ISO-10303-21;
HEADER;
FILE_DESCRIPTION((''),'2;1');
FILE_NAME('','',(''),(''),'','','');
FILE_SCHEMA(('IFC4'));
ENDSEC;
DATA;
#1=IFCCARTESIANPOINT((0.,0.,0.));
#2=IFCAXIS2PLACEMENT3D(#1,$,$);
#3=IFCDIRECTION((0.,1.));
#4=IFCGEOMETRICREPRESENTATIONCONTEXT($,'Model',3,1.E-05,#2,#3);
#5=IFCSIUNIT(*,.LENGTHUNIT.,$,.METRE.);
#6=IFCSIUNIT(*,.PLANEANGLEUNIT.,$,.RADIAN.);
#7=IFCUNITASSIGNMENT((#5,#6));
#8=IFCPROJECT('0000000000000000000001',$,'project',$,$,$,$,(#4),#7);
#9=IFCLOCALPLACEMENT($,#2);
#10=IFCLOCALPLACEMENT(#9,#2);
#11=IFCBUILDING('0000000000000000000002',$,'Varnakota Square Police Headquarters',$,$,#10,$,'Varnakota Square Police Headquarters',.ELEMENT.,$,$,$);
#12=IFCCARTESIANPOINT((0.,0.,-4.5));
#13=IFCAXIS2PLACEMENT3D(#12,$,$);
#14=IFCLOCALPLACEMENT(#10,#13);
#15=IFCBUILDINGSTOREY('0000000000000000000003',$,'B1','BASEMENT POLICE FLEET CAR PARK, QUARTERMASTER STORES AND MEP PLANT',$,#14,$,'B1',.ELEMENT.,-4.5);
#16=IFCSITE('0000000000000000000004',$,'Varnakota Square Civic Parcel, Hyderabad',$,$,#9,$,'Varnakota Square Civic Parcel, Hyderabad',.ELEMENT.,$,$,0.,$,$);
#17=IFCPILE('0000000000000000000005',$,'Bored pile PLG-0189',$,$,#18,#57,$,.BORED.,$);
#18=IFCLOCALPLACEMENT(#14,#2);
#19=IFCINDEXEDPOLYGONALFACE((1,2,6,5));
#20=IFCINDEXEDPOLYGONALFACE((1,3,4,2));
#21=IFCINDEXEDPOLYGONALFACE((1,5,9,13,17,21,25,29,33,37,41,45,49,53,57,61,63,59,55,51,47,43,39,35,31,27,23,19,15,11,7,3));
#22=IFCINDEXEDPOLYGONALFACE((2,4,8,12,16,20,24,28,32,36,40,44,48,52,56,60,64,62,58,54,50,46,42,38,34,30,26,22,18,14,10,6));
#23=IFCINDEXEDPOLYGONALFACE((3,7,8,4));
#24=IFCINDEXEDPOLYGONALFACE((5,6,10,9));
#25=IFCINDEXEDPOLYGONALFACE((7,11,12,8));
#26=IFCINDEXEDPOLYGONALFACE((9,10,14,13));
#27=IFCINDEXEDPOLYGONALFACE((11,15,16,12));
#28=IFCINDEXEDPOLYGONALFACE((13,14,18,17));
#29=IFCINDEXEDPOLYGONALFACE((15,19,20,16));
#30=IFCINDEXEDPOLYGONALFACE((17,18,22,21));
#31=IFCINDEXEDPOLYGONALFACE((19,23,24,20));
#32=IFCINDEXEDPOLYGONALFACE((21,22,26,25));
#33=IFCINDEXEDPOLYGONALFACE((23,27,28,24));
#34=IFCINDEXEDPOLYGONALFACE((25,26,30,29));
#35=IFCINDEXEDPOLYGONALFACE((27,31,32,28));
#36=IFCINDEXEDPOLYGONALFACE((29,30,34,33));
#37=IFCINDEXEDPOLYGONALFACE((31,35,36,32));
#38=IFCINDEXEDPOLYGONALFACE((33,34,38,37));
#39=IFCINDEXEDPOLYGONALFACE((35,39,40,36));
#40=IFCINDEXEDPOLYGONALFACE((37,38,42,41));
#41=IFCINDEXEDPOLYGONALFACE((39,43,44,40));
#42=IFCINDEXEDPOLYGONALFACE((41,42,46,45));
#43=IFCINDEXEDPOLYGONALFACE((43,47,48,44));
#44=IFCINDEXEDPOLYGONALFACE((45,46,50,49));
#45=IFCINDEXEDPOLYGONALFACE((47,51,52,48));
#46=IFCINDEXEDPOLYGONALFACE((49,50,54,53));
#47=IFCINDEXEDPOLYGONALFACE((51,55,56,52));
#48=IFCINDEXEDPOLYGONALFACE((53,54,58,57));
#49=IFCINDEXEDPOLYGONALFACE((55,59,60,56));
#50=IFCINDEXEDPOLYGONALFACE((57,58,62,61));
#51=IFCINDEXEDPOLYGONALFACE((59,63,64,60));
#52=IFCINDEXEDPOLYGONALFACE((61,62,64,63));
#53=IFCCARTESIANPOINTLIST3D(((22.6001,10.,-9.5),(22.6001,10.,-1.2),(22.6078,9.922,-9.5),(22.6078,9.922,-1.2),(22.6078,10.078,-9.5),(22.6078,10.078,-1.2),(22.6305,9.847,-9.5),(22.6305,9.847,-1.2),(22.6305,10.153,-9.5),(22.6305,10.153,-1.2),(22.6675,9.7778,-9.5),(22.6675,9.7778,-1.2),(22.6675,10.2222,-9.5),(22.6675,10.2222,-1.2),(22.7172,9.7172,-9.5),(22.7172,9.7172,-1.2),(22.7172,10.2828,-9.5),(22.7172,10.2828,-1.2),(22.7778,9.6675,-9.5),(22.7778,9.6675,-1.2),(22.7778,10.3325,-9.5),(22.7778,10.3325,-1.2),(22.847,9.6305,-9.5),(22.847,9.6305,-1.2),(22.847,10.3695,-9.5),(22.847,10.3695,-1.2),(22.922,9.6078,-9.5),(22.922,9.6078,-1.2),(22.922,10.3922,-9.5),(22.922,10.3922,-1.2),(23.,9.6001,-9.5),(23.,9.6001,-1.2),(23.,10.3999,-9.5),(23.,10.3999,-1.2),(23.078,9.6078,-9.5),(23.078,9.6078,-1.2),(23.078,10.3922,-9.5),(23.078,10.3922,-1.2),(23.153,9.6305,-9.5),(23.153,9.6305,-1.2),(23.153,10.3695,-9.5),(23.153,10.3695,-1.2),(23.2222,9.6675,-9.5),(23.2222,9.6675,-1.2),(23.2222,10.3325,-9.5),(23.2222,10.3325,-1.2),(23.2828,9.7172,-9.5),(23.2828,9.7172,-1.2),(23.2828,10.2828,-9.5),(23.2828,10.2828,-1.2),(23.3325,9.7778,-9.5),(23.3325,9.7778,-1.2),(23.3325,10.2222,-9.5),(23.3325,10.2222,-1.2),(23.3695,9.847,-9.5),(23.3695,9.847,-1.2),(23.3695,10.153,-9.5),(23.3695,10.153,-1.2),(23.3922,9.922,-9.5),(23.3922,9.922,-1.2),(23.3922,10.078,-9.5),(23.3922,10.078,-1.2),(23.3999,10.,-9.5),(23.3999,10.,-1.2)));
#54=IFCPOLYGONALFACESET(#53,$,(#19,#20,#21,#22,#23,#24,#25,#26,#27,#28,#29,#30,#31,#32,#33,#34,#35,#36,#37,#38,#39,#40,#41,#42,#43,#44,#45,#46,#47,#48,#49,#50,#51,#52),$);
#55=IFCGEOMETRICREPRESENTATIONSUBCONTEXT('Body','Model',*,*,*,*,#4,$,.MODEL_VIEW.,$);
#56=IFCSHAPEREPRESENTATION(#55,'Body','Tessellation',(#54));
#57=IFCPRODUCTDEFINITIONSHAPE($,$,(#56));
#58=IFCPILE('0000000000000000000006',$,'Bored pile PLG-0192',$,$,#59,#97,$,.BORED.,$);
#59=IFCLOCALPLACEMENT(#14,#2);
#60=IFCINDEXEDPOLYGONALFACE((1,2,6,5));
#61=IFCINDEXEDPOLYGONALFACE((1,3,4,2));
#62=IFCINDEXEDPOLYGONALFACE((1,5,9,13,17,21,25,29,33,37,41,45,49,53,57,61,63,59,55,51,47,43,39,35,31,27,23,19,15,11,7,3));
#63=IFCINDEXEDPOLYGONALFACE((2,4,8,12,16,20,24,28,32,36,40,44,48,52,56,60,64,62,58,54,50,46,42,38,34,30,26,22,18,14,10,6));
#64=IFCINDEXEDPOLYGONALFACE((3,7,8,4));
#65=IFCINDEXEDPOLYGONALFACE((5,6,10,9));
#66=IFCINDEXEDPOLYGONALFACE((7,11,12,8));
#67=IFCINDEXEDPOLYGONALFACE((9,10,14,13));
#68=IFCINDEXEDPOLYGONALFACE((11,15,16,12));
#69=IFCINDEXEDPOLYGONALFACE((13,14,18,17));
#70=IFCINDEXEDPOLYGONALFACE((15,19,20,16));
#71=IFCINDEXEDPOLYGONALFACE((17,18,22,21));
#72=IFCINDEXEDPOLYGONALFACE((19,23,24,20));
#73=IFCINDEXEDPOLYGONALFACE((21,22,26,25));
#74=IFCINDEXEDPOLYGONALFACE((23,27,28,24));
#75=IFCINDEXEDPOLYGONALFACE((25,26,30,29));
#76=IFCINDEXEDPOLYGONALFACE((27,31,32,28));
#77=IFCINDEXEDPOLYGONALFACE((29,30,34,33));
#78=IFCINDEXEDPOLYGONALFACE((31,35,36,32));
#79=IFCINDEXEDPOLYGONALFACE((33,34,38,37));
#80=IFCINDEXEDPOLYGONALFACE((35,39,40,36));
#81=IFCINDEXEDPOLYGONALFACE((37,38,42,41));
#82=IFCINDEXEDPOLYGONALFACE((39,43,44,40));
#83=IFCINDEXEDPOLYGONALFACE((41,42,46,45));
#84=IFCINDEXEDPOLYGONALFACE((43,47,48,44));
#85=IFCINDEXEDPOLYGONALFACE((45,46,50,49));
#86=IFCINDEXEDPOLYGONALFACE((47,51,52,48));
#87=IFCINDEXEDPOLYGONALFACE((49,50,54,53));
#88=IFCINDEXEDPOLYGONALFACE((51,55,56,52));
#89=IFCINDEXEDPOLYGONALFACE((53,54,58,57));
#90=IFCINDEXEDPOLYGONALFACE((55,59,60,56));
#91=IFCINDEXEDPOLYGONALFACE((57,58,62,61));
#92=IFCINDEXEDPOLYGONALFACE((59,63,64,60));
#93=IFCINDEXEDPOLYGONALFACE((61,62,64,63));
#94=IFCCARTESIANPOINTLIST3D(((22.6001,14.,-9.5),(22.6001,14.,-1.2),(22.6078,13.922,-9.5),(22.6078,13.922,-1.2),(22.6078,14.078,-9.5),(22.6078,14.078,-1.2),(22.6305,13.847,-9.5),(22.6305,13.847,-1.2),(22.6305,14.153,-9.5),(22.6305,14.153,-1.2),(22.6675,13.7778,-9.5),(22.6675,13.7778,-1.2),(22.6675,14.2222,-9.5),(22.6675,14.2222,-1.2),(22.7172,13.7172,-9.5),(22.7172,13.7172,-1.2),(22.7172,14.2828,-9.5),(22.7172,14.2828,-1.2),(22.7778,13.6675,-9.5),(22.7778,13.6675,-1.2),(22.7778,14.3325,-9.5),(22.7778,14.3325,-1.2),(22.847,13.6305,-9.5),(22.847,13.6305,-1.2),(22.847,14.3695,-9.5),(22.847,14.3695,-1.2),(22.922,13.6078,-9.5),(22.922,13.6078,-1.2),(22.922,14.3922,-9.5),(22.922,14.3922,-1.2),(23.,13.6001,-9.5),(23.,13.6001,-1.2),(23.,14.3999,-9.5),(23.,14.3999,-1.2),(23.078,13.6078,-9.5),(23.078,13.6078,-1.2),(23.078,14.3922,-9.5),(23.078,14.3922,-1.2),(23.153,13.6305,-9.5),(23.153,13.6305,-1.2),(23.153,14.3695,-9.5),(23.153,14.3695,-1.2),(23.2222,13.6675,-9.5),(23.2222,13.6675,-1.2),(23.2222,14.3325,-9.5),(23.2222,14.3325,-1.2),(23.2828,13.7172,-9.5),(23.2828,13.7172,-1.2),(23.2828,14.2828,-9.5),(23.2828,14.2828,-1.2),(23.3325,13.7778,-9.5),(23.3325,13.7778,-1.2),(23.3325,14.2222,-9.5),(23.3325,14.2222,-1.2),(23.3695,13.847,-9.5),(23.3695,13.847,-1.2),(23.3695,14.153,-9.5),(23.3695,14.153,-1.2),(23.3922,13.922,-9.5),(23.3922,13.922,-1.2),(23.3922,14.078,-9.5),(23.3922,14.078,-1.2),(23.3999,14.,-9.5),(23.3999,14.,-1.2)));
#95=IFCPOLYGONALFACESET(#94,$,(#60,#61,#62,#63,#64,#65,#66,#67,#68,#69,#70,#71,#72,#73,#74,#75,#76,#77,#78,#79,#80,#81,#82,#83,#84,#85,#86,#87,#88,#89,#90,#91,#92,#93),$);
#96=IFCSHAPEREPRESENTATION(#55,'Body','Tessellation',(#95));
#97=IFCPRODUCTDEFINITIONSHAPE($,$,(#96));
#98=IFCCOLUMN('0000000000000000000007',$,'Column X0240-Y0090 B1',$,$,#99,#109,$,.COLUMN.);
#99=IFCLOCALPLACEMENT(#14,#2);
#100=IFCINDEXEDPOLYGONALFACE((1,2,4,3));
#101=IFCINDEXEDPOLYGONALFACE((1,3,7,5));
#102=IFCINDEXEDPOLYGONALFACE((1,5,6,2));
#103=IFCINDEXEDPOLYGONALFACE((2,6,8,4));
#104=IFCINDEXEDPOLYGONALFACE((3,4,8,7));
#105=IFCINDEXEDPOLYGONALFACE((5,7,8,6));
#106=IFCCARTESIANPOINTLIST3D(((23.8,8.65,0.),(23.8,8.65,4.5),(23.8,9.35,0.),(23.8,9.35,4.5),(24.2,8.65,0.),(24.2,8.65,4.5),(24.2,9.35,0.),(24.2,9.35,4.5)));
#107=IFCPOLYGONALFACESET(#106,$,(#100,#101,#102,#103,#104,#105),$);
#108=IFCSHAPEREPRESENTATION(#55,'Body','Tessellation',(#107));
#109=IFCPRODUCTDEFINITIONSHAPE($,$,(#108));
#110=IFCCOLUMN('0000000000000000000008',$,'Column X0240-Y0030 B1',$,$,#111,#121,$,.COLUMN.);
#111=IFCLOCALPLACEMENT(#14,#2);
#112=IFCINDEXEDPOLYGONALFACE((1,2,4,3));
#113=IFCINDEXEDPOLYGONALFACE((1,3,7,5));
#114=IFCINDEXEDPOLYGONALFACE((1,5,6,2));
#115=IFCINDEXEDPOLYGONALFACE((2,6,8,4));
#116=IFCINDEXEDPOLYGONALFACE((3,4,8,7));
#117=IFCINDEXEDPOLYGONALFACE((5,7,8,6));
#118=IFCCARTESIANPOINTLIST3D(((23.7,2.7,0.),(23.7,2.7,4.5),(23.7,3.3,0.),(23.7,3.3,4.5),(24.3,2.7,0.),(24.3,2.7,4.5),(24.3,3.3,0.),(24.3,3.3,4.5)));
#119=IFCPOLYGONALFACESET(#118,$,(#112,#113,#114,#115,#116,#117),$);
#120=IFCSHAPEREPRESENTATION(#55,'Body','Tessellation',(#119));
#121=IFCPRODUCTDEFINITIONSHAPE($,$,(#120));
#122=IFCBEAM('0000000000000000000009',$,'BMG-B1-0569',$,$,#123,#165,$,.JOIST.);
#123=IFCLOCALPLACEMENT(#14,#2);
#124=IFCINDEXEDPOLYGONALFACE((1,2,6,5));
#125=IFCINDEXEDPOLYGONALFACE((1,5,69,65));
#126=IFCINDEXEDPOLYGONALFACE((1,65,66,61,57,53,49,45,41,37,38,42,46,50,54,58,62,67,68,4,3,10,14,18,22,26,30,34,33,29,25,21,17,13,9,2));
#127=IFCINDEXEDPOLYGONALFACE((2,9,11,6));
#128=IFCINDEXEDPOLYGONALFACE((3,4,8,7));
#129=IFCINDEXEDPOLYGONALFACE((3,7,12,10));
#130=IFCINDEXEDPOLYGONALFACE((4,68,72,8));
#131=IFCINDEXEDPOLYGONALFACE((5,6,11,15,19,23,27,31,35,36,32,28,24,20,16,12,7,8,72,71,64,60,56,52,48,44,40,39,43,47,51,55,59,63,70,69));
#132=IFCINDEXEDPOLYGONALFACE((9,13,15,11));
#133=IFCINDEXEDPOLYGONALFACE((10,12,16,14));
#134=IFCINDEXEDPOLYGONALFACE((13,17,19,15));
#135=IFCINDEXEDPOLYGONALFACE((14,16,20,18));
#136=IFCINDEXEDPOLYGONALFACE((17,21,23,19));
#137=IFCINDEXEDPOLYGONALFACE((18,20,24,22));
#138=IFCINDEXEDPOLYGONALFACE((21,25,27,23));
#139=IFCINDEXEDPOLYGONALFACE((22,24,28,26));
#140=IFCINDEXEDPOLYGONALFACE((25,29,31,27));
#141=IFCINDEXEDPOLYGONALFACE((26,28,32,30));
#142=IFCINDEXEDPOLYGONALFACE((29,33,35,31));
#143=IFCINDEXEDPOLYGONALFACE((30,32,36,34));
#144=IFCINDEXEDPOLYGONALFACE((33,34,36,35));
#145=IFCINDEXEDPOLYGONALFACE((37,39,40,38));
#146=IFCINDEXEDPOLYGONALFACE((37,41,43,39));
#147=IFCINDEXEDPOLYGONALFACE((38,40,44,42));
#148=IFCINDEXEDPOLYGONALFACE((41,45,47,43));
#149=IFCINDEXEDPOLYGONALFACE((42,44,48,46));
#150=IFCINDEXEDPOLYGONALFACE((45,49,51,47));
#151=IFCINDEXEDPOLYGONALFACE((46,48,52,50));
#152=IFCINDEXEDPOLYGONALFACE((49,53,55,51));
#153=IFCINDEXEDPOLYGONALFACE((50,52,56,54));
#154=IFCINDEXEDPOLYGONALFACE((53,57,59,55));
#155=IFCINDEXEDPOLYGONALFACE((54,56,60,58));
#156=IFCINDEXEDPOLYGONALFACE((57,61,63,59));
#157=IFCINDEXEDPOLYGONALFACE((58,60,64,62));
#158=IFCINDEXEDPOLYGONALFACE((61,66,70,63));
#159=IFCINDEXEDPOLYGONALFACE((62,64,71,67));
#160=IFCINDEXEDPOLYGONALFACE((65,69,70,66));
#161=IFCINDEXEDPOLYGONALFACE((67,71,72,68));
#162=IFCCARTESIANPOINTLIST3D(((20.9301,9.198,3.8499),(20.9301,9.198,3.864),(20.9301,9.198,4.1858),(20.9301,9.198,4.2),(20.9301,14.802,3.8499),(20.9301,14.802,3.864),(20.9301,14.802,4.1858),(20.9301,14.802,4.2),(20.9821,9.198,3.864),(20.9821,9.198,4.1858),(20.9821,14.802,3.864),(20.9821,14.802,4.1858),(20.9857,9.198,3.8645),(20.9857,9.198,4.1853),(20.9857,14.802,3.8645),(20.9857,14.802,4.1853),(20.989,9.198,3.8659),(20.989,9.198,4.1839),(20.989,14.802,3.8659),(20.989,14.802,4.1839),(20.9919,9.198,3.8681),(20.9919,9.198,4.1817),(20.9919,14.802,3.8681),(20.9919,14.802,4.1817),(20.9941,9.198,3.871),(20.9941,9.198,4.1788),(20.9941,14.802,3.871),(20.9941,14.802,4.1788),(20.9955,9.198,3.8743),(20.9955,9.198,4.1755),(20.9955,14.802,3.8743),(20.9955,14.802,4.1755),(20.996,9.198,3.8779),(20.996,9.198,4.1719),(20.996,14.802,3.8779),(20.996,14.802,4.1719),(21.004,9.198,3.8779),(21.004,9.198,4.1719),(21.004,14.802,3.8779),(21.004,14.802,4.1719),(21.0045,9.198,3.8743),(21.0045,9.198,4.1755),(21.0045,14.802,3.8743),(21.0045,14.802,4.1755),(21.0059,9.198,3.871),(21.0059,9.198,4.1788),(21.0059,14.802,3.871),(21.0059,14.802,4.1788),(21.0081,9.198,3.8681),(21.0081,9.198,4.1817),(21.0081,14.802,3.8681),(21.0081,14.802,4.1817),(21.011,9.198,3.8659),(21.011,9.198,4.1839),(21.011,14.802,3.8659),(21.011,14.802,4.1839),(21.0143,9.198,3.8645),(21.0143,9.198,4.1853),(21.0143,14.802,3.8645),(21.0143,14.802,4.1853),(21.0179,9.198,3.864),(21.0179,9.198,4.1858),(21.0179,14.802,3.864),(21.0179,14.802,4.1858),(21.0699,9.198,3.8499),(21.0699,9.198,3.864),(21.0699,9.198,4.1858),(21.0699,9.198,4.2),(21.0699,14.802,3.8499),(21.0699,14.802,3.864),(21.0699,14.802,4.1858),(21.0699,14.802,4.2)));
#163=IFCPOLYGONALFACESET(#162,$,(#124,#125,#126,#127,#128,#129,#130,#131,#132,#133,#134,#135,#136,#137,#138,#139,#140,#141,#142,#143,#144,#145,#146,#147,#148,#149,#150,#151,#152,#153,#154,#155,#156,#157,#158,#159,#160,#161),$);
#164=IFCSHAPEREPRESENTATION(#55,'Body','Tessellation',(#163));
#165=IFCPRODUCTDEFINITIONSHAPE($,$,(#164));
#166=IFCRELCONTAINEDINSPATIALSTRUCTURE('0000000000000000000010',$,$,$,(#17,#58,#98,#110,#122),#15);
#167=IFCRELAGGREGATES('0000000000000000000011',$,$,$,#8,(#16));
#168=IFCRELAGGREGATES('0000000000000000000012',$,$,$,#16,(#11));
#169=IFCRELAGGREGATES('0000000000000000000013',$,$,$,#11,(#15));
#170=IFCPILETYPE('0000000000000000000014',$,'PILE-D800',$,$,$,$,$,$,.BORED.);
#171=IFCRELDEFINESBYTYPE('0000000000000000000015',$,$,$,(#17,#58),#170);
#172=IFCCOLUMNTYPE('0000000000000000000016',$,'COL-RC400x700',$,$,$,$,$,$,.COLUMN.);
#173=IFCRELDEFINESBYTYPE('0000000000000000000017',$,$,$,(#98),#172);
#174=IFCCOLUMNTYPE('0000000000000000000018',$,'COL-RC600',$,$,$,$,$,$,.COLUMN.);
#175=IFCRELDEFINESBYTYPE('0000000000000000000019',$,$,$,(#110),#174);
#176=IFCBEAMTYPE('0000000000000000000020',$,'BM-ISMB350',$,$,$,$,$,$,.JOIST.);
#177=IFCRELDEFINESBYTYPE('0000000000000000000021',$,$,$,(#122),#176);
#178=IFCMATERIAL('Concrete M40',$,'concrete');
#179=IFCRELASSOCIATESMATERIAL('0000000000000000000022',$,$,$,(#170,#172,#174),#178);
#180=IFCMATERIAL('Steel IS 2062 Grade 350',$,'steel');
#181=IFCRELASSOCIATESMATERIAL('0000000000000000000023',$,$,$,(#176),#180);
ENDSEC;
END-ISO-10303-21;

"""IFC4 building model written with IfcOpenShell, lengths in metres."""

from ifc_helpers import new_model, si_unit, direction, frame, origin, origin_2d, place, context, subcontext, project, spatial, rectangle, circle, i_section, extrude, material, material_profile, profile_set, type_object, element, save


model = new_model("IFC4")

# Units and contexts
model_context = context("Model", 3, precision=1e-05, world=origin(), true_north=direction((0.0, 1.0)))
body_context = subcontext(model_context, "Body", "Model", "MODEL_VIEW")
ifc_project = project(units=[si_unit("LENGTHUNIT", "METRE"), si_unit("PLANEANGLEUNIT", "RADIAN")], contexts=[model_context])

# Site, building, storey
site_placement = place(None, origin())
site = spatial("IfcSite", under=ifc_project, at=site_placement, Name="Varnakota Square Civic Parcel, Hyderabad", LongName="Varnakota Square Civic Parcel, Hyderabad", CompositionType="ELEMENT", RefElevation=0.0)
building_placement = place(site_placement, origin())
building = spatial("IfcBuilding", under=site, at=building_placement, Name="Varnakota Square Police Headquarters", LongName="Varnakota Square Police Headquarters", CompositionType="ELEMENT")
storey_placement = place(building_placement, frame((0.0, 0.0, -4.5)))
storey = spatial("IfcBuildingStorey", under=building, at=storey_placement, Name="B1", Description="BASEMENT POLICE FLEET CAR PARK, QUARTERMASTER STORES AND MEP PLANT", LongName="B1", CompositionType="ELEMENT", Elevation=-4.5)

# Shared definitions
ifc_material_1 = material(Name="Concrete M40", Category="concrete")

# Piles
ifc_material_profile_1 = material_profile(ifc_material_1, circle(Radius=0.3999, at=origin_2d()), Name="BORED PILE 800")
ifc_profile_set_1 = profile_set([ifc_material_profile_1], Name="Concrete M40")
pile_type = type_object("IfcPileType", Name="PILE-D800", PredefinedType="BORED", material=ifc_profile_set_1)
for number, where, z_axis, x_axis, name in (
    (1, (23.0, 10.0, -1.2), (0.0, 0.0, -1.0), (1.0, 0.0, 0.0), "Bored pile PLG-0189"),
    (2, (23.0, 14.0, -1.2), (0.0, 0.0, -1.0), (1.0, 0.0, 0.0), "Bored pile PLG-0192"),
):
    element("IfcPile", number, at=place(storey_placement, frame(where, z_axis=z_axis, x_axis=x_axis)), inside=storey, type_object=pile_type, Name=name, PredefinedType="BORED", context=body_context, shape_type="SweptSolid", body=[
        extrude(circle(Radius=0.3999, at=origin_2d()), origin(), (0.0, 0.0, 1.0), 8.3),
    ])

# Columns
ifc_material_profile_2 = material_profile(ifc_material_1, rectangle(XDim=0.3999, YDim=0.7, at=origin_2d()), Name="RC 400x700")
ifc_profile_set_2 = profile_set([ifc_material_profile_2], Name="Concrete M40")
column_type_1 = type_object("IfcColumnType", Name="COL-RC400x700", PredefinedType="COLUMN", material=ifc_profile_set_2)
column_1_placement = place(storey_placement, frame((24.0, 9.0, 0.0), z_axis=(0.0, 0.0, 1.0), x_axis=(1.0, 0.0, 0.0)))
element("IfcColumn", 3, at=column_1_placement, inside=storey, type_object=column_type_1, Name="Column X0240-Y0090 B1", PredefinedType="COLUMN", context=body_context, shape_type="SweptSolid", body=[
    extrude(rectangle(XDim=0.3999, YDim=0.7, at=origin_2d()), origin(), (0.0, 0.0, 1.0), 4.5),
])
ifc_material_profile_3 = material_profile(ifc_material_1, rectangle(XDim=0.6001, YDim=0.6001, at=origin_2d()), Name="RC 600x600")
ifc_profile_set_3 = profile_set([ifc_material_profile_3], Name="Concrete M40")
column_type_2 = type_object("IfcColumnType", Name="COL-RC600", PredefinedType="COLUMN", material=ifc_profile_set_3)
column_2_placement = place(storey_placement, frame((24.0, 3.0, 0.0), z_axis=(0.0, 0.0, 1.0), x_axis=(1.0, 0.0, 0.0)))
element("IfcColumn", 4, at=column_2_placement, inside=storey, type_object=column_type_2, Name="Column X0240-Y0030 B1", PredefinedType="COLUMN", context=body_context, shape_type="SweptSolid", body=[
    extrude(rectangle(XDim=0.6001, YDim=0.6001, at=origin_2d()), origin(), (0.0, 0.0, 1.0), 4.5),
])

# Beam
ifc_material_2 = material(Name="Steel IS 2062 Grade 350", Category="steel")
ifc_material_profile_4 = material_profile(ifc_material_2, i_section(OverallWidth=0.1399, OverallDepth=0.3501, WebThickness=0.0081, FlangeThickness=0.0142, FilletRadius=0.0139, at=origin_2d()), Name="ISMB 350")
ifc_profile_set_4 = profile_set([ifc_material_profile_4], Name="Steel IS 2062 Grade 350")
beam_type_1 = type_object("IfcBeamType", Name="BM-ISMB350", PredefinedType="JOIST", material=ifc_profile_set_4)
beam_1_placement = place(storey_placement, frame((21.0, 9.198, 4.0249), z_axis=(0.0, 1.0, 0.0), x_axis=(-1.0, 0.0, 0.0)))
element("IfcBeam", 5, at=beam_1_placement, inside=storey, type_object=beam_type_1, Name="BMG-B1-0569", PredefinedType="JOIST", context=body_context, shape_type="SweptSolid", body=[
    extrude(i_section(OverallWidth=0.1399, OverallDepth=0.3501, WebThickness=0.0081, FlangeThickness=0.0142, FilletRadius=0.0139, at=origin_2d()), origin(), (0.0, 0.0, 1.0), 5.604),
])

save(model, "model.ifc")
